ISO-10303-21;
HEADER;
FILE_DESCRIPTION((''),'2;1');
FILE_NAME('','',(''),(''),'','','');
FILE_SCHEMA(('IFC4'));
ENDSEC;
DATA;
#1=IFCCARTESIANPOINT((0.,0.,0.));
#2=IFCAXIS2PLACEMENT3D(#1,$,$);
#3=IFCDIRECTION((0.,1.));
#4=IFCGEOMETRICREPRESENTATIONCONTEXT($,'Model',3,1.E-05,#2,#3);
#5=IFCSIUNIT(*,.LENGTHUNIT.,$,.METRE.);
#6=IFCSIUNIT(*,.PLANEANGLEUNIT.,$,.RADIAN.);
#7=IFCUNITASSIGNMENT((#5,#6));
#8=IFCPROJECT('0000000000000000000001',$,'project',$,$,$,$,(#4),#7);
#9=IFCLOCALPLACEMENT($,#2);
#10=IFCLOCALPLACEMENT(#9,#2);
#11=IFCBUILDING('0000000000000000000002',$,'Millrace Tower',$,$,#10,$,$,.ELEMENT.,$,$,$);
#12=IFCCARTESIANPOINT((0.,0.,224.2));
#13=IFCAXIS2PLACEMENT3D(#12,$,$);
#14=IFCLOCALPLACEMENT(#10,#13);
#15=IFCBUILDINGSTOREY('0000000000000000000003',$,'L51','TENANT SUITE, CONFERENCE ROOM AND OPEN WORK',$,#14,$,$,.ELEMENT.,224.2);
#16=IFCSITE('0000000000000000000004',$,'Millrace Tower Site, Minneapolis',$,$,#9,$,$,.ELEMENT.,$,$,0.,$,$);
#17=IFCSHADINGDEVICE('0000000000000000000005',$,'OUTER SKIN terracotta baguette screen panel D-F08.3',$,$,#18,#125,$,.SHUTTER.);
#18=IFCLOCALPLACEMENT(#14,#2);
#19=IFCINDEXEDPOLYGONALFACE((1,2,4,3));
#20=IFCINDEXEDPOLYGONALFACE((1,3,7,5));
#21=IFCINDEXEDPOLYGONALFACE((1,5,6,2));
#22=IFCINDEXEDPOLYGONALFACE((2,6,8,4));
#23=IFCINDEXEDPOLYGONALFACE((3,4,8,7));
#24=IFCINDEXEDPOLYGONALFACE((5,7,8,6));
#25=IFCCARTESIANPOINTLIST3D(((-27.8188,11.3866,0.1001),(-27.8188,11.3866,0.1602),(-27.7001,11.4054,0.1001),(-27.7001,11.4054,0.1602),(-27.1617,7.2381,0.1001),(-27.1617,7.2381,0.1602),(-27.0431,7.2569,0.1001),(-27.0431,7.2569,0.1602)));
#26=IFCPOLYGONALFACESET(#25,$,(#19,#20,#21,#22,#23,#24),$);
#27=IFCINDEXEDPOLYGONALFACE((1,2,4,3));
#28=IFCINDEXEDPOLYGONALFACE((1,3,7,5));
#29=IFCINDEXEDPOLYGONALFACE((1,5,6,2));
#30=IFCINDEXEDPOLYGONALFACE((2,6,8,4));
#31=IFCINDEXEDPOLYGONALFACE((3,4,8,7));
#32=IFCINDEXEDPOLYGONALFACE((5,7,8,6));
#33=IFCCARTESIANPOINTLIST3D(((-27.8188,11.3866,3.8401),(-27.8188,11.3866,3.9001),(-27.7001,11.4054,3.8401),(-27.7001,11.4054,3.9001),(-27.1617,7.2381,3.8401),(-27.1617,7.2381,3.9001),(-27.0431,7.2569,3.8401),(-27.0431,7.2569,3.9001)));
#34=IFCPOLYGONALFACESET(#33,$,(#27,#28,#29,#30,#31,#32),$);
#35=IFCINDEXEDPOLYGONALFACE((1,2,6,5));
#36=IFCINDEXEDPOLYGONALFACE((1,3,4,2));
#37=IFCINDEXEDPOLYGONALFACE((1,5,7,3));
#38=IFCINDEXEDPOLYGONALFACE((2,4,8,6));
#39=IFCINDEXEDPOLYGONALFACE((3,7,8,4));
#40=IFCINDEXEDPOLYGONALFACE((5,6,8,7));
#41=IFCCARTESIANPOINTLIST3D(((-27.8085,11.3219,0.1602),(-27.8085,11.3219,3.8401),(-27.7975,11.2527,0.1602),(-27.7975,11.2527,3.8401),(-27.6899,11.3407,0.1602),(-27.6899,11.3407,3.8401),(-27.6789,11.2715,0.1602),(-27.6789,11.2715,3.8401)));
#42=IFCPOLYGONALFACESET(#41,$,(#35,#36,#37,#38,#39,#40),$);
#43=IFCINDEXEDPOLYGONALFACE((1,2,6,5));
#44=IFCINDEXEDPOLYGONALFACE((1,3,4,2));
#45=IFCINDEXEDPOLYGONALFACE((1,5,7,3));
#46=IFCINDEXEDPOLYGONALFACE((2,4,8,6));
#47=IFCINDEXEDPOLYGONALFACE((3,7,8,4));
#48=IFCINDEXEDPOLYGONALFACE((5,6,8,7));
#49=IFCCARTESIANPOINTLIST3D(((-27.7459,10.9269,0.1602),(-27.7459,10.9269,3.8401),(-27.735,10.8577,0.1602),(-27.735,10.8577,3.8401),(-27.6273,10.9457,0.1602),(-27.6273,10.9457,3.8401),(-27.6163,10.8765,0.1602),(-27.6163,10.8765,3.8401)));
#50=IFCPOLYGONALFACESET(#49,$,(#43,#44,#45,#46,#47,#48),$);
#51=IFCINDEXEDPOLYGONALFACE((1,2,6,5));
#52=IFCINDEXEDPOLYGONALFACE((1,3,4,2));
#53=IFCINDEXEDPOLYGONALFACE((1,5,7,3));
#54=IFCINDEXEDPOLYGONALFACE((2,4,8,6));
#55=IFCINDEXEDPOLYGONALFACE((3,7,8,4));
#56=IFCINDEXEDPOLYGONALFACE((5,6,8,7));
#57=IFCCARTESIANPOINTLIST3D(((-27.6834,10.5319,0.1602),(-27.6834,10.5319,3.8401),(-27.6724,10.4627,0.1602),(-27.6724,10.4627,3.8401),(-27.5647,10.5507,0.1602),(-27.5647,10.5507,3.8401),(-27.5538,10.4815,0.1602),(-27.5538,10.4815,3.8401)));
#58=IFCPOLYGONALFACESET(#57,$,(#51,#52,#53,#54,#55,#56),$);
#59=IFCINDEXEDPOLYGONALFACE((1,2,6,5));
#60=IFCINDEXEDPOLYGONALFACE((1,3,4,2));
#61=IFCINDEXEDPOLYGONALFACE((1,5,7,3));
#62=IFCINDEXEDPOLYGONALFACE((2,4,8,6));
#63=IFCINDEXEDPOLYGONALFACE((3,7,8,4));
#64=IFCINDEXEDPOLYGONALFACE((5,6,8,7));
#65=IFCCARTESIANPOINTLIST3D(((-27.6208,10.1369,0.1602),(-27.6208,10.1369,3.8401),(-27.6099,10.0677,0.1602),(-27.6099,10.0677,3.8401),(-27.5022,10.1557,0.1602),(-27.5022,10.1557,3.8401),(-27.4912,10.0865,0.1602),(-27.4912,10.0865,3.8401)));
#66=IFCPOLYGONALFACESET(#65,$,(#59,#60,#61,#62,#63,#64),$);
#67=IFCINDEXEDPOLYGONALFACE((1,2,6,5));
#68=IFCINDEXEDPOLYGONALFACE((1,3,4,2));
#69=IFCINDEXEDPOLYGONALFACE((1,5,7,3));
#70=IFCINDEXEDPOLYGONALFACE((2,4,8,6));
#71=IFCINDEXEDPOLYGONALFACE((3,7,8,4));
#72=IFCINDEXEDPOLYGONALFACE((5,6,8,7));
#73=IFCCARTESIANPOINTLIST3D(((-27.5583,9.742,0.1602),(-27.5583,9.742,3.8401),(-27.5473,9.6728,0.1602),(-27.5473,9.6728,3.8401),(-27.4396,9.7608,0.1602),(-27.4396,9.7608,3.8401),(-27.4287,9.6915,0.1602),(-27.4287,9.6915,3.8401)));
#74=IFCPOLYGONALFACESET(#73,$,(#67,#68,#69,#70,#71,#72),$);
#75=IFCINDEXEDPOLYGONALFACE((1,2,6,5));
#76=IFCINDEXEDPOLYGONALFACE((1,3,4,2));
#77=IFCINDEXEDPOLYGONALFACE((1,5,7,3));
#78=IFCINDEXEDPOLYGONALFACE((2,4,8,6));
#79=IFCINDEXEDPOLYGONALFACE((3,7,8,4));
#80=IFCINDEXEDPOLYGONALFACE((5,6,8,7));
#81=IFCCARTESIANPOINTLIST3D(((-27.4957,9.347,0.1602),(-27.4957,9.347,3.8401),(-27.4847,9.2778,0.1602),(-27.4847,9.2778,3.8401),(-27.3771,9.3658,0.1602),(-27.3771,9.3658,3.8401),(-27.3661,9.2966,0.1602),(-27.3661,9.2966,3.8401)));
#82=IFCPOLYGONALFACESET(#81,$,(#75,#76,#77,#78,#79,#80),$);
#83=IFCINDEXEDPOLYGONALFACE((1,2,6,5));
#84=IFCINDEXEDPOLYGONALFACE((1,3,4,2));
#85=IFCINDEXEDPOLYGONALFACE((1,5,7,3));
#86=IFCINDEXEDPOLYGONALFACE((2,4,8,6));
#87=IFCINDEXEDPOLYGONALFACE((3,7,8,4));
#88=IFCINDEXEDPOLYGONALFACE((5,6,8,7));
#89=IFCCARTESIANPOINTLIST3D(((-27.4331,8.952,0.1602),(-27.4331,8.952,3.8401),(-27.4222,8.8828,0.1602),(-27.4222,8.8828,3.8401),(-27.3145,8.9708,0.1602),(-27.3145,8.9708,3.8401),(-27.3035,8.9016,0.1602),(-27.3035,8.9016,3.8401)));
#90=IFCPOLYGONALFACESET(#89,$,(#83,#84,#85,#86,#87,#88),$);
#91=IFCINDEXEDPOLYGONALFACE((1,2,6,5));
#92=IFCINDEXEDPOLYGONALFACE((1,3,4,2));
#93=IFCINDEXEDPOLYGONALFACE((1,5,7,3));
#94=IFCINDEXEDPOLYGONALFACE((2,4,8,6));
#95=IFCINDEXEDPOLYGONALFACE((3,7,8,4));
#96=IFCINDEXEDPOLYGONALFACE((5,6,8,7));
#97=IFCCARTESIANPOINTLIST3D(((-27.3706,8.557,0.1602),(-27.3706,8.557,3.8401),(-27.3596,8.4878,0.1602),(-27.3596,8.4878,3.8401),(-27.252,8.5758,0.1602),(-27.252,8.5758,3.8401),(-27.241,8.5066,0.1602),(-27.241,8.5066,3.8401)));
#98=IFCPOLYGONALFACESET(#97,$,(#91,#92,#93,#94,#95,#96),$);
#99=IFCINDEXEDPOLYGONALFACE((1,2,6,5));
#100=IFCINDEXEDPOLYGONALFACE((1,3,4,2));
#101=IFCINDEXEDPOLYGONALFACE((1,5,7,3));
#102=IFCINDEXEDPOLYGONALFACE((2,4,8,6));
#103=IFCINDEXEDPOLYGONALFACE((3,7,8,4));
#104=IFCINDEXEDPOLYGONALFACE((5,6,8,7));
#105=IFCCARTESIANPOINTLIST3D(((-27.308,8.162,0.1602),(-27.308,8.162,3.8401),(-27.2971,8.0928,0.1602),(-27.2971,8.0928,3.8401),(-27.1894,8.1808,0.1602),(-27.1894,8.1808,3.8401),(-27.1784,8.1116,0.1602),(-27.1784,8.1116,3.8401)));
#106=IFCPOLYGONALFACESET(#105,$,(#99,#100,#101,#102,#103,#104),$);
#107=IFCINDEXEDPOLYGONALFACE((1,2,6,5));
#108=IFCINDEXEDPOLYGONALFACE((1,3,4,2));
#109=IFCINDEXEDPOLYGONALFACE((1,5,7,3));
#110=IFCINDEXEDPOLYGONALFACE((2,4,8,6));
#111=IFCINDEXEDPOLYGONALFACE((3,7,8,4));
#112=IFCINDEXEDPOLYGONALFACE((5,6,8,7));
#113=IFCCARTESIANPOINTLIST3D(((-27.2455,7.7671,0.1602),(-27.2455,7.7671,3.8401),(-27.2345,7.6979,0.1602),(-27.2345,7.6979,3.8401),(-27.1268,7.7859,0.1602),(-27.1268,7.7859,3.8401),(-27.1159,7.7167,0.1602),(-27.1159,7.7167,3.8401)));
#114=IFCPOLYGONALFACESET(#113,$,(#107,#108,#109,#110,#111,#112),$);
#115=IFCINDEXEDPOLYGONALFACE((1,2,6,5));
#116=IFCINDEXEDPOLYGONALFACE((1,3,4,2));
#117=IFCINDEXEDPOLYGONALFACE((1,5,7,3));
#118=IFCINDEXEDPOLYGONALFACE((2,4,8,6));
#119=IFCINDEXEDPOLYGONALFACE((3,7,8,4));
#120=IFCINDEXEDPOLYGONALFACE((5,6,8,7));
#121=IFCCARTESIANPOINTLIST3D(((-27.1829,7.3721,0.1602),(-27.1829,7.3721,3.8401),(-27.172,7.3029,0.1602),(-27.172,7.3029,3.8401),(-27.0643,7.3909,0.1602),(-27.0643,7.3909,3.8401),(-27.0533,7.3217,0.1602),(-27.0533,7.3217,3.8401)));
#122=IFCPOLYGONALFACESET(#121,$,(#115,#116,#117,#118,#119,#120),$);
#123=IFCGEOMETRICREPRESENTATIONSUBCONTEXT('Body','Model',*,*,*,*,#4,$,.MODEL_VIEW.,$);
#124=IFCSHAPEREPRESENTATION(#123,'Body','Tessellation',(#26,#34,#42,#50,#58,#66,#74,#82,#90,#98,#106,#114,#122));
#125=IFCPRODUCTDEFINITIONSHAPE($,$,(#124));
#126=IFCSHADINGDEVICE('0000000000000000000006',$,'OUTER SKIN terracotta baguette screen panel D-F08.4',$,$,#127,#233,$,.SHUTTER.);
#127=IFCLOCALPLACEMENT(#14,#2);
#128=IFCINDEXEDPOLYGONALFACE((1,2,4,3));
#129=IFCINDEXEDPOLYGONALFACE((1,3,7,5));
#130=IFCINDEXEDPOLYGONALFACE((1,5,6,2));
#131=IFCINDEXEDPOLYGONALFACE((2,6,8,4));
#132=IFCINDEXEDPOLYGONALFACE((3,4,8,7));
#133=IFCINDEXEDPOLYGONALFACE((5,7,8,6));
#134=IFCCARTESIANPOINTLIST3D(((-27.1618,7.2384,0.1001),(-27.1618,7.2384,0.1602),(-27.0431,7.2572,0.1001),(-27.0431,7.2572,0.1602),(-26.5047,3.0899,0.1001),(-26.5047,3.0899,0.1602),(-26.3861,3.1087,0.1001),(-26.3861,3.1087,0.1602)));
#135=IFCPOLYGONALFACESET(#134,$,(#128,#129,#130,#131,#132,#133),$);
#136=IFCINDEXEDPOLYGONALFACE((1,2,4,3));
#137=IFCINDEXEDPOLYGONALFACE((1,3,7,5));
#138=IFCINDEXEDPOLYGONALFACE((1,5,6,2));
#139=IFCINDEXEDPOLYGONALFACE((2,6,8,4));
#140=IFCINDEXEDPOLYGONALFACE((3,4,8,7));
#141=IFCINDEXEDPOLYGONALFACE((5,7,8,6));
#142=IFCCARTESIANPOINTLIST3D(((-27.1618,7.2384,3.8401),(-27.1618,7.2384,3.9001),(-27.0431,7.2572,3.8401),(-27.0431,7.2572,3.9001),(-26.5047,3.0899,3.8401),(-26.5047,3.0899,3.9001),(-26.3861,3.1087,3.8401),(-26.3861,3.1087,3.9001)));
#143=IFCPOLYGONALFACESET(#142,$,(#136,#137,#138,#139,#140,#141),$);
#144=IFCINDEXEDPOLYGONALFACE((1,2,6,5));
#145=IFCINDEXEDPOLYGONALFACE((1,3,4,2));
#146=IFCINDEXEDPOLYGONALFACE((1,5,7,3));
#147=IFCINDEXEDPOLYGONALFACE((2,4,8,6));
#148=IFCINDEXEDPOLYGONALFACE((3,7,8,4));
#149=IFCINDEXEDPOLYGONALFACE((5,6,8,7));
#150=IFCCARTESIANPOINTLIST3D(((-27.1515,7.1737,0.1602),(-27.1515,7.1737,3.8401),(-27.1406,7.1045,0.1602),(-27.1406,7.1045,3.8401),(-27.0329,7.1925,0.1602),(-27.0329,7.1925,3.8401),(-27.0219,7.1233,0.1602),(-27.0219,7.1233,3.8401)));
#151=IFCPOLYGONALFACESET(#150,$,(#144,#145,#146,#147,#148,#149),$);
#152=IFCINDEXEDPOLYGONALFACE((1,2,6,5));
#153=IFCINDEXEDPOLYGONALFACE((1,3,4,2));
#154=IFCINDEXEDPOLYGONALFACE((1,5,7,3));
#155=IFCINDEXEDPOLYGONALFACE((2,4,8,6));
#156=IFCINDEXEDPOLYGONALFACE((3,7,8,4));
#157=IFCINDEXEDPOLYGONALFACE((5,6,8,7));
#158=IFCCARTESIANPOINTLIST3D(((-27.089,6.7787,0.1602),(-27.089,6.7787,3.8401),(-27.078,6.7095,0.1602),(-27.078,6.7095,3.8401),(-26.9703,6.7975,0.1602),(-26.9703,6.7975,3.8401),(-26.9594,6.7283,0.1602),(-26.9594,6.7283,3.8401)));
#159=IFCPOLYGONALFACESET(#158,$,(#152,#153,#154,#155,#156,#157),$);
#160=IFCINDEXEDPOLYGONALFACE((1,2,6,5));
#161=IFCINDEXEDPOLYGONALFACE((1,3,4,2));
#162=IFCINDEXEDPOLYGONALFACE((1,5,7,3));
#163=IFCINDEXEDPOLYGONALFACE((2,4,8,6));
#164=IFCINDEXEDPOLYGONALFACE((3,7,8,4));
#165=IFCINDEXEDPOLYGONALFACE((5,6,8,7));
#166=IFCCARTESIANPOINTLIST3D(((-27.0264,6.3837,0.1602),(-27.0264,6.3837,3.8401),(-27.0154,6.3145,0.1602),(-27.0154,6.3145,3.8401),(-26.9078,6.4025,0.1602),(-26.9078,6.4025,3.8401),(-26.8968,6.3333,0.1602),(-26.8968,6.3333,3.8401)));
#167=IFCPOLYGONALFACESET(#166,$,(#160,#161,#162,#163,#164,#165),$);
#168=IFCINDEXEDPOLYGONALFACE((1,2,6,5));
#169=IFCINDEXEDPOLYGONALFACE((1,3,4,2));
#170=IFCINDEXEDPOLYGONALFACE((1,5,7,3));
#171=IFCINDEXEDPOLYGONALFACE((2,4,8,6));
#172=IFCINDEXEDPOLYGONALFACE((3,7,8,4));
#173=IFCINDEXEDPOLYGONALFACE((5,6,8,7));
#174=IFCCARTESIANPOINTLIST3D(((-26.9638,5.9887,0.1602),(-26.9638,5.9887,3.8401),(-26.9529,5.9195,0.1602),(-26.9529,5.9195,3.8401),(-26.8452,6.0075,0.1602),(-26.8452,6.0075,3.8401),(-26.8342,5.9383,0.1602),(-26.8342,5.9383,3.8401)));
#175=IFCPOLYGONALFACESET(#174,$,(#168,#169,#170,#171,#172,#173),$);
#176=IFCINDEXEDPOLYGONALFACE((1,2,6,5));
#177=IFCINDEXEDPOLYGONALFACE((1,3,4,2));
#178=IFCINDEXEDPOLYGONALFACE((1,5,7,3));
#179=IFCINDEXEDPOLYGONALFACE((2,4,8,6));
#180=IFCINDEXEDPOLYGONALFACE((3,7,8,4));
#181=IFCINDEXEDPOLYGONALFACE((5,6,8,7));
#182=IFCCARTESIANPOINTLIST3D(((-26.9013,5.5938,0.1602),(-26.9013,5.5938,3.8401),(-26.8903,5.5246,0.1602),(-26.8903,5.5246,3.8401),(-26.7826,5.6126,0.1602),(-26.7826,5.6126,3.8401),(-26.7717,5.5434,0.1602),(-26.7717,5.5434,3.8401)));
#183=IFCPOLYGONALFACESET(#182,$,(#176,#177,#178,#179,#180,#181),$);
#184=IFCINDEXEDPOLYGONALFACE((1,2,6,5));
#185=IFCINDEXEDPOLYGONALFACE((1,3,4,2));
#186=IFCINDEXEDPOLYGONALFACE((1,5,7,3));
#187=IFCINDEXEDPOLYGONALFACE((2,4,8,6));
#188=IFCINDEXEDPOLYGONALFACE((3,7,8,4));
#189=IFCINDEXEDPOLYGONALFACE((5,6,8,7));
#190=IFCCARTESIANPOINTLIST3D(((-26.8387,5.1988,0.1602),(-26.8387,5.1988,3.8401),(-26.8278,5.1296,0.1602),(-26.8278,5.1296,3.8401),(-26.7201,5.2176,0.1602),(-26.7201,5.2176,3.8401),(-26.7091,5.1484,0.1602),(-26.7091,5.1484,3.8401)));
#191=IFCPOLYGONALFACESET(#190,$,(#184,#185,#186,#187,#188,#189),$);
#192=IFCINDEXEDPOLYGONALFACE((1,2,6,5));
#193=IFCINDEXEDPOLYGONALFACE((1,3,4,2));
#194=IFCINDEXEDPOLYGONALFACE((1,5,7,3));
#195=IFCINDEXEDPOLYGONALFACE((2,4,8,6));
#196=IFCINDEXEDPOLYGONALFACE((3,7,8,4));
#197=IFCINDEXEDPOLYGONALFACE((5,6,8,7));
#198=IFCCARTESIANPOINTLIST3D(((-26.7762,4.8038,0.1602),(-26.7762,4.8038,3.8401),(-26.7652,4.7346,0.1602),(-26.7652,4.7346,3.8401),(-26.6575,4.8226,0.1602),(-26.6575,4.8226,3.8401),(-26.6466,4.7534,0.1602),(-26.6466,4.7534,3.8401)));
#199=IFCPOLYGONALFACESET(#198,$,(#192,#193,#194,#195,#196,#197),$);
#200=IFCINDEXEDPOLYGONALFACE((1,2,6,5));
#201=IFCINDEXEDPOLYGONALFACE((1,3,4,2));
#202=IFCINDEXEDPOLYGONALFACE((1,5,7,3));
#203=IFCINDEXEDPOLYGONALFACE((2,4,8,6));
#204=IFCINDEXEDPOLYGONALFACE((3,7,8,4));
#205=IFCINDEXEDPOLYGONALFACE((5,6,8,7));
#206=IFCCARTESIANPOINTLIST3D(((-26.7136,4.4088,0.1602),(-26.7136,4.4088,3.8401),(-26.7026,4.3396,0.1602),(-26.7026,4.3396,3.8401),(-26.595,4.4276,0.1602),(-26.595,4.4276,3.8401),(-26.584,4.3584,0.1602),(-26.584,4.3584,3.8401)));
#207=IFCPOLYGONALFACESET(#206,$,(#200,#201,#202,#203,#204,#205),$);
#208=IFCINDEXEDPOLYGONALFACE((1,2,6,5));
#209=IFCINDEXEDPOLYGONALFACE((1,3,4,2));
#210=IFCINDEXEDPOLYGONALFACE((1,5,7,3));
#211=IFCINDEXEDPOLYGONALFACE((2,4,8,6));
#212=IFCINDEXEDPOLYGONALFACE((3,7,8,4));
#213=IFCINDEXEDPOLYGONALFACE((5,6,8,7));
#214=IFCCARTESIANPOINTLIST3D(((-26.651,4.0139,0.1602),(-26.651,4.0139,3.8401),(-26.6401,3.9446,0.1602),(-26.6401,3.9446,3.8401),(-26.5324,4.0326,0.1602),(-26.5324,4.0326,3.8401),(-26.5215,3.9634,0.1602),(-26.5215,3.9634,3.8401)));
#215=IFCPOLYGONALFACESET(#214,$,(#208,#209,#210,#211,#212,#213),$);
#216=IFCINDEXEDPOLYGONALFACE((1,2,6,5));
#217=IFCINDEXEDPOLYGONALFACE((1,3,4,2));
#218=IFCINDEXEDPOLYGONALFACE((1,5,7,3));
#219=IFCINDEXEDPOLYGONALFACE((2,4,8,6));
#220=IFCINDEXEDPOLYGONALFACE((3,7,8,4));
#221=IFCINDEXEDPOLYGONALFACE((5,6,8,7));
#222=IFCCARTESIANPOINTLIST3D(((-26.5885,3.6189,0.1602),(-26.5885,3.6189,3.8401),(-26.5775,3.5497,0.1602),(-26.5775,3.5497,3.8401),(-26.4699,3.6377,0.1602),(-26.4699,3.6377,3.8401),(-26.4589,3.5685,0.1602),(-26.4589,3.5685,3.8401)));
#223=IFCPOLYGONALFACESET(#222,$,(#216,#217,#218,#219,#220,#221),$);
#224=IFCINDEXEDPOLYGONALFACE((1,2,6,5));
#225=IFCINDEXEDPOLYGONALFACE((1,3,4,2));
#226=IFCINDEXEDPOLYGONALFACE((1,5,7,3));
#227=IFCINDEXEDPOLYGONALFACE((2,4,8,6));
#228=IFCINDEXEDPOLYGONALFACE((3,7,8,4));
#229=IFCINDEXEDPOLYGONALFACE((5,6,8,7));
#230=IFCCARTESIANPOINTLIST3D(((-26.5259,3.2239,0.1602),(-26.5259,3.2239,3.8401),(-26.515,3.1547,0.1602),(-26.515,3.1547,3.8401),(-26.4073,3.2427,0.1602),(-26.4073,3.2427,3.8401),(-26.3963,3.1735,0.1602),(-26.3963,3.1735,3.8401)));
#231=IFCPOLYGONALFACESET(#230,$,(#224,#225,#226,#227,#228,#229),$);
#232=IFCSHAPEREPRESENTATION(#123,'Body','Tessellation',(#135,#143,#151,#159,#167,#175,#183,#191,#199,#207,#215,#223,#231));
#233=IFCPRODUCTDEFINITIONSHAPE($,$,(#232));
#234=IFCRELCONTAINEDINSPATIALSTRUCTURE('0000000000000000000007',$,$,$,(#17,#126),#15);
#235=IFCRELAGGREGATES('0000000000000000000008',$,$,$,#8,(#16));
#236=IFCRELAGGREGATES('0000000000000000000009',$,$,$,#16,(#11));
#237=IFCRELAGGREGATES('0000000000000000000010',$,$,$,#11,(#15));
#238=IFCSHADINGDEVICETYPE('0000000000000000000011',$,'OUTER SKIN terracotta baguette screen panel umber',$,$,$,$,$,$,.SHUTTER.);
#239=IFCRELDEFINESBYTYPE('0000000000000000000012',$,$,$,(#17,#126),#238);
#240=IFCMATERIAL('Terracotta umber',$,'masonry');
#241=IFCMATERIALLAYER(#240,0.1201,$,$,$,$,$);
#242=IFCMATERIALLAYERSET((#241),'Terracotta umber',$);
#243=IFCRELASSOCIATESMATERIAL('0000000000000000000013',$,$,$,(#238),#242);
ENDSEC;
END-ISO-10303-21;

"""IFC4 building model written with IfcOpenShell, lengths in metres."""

from ifc_helpers import new_model, entity, si_unit, direction, frame, frame_2d, origin, origin_2d, place, context, subcontext, project, spatial, rectangle, extrude, source, transform, mapped, material, layer, layer_set, type_object, element, save


model = new_model("IFC4")

# Units and contexts
model_context = context("Model", 3, precision=1e-05, world=origin(), true_north=direction((0.0, 1.0)))
body_context = subcontext(model_context, "Body", "Model", "MODEL_VIEW")
ifc_project = project(units=[si_unit("LENGTHUNIT", "METRE"), si_unit("PLANEANGLEUNIT", "RADIAN")], contexts=[model_context])

# Site, building, storey
site_placement = place(None, origin())
site = spatial("IfcSite", under=ifc_project, at=site_placement, Name="Millrace Tower Site, Minneapolis", CompositionType="ELEMENT", RefElevation=0.0)
building_placement = place(site_placement, origin())
building = spatial("IfcBuilding", under=site, at=building_placement, Name="Millrace Tower", CompositionType="ELEMENT")
storey_placement = place(building_placement, frame((0.0, 0.0, 224.2)))
storey = spatial("IfcBuildingStorey", under=building, at=storey_placement, Name="L51", Description="TENANT SUITE, CONFERENCE ROOM AND OPEN WORK", CompositionType="ELEMENT", Elevation=224.2)

# Shading devices
ifc_material_1 = material(Name="Terracotta umber", Category="masonry")
ifc_layer_1 = layer(ifc_material_1, 0.1201)
ifc_layer_set_1 = layer_set([ifc_layer_1], Name="Terracotta umber")
shading_device_type = type_object("IfcShadingDeviceType", Name="OUTER SKIN terracotta baguette screen panel umber", PredefinedType="SHUTTER", material=ifc_layer_set_1)
cartesian_point = entity("IfcCartesianPoint", [-2.1001, 0.0601])
shared_polyline = entity("IfcPolyline", [cartesian_point, entity("IfcCartesianPoint", [2.1001, 0.0601]), entity("IfcCartesianPoint", [2.1001, -0.0601]), entity("IfcCartesianPoint", [-2.1001, -0.0601]), cartesian_point])
shared_shape = source(origin(), body_context, "Body", "SweptSolid", [
    entity("IfcExtrudedAreaSolid", entity("IfcArbitraryClosedProfileDef", "AREA", None, shared_polyline), entity("IfcAxis2Placement3D", entity("IfcCartesianPoint", [0.0, 0.0, 0.0])), entity("IfcDirection", [0.0, 0.0, 1.0]), 0.0601),
    entity("IfcExtrudedAreaSolid", entity("IfcArbitraryClosedProfileDef", "AREA", None, shared_polyline), entity("IfcAxis2Placement3D", entity("IfcCartesianPoint", [0.0, 0.0, 3.74])), entity("IfcDirection", [0.0, 0.0, 1.0]), 0.0601),
    extrude(rectangle(XDim=0.0701, YDim=0.1201, at=frame_2d((-1.9995, 0.0))), frame((0.0, 0.0, 0.0601)), (0.0, 0.0, 1.0), 3.6799),
    extrude(rectangle(XDim=0.0701, YDim=0.1201, at=frame_2d((-1.5996, 0.0))), frame((0.0, 0.0, 0.0601)), (0.0, 0.0, 1.0), 3.6799),
    extrude(rectangle(XDim=0.0701, YDim=0.1201, at=frame_2d((-1.1997, 0.0))), frame((0.0, 0.0, 0.0601)), (0.0, 0.0, 1.0), 3.6799),
    extrude(rectangle(XDim=0.0701, YDim=0.1201, at=frame_2d((-0.7998, 0.0))), frame((0.0, 0.0, 0.0601)), (0.0, 0.0, 1.0), 3.6799),
    extrude(rectangle(XDim=0.0701, YDim=0.1201, at=frame_2d((-0.3999, 0.0))), frame((0.0, 0.0, 0.0601)), (0.0, 0.0, 1.0), 3.6799),
    extrude(rectangle(XDim=0.0701, YDim=0.1201, at=origin_2d()), frame((0.0, 0.0, 0.0601)), (0.0, 0.0, 1.0), 3.6799),
    extrude(rectangle(XDim=0.0701, YDim=0.1201, at=frame_2d((0.3999, 0.0))), frame((0.0, 0.0, 0.0601)), (0.0, 0.0, 1.0), 3.6799),
    extrude(rectangle(XDim=0.0701, YDim=0.1201, at=frame_2d((0.7998, 0.0))), frame((0.0, 0.0, 0.0601)), (0.0, 0.0, 1.0), 3.6799),
    extrude(rectangle(XDim=0.0701, YDim=0.1201, at=frame_2d((1.1997, 0.0))), frame((0.0, 0.0, 0.0601)), (0.0, 0.0, 1.0), 3.6799),
    extrude(rectangle(XDim=0.0701, YDim=0.1201, at=frame_2d((1.5996, 0.0))), frame((0.0, 0.0, 0.0601)), (0.0, 0.0, 1.0), 3.6799),
    extrude(rectangle(XDim=0.0701, YDim=0.1201, at=frame_2d((1.9995, 0.0))), frame((0.0, 0.0, 0.0601)), (0.0, 0.0, 1.0), 3.6799),
])
for number, where, z_axis, x_axis, name in (
    (1, (-27.4309, 9.3218, 0.1001), (0.0, 0.0, 1.0), (0.156434, -0.987688, 0.0), "OUTER SKIN terracotta baguette screen panel D-F08.3"),
    (2, (-26.7739, 5.1736, 0.1001), (0.0, 0.0, 1.0), (0.156434, -0.987688, 0.0), "OUTER SKIN terracotta baguette screen panel D-F08.4"),
):
    element("IfcShadingDevice", number, at=place(storey_placement, frame(where, z_axis=z_axis, x_axis=x_axis)), inside=storey, type_object=shading_device_type, Name=name, PredefinedType="SHUTTER", context=body_context, shape_type="MappedRepresentation", body=[
        mapped(shared_shape, transform((0.0, 0.0, 0.0), scale=1.0)),
    ])

save(model, "model.ifc")
